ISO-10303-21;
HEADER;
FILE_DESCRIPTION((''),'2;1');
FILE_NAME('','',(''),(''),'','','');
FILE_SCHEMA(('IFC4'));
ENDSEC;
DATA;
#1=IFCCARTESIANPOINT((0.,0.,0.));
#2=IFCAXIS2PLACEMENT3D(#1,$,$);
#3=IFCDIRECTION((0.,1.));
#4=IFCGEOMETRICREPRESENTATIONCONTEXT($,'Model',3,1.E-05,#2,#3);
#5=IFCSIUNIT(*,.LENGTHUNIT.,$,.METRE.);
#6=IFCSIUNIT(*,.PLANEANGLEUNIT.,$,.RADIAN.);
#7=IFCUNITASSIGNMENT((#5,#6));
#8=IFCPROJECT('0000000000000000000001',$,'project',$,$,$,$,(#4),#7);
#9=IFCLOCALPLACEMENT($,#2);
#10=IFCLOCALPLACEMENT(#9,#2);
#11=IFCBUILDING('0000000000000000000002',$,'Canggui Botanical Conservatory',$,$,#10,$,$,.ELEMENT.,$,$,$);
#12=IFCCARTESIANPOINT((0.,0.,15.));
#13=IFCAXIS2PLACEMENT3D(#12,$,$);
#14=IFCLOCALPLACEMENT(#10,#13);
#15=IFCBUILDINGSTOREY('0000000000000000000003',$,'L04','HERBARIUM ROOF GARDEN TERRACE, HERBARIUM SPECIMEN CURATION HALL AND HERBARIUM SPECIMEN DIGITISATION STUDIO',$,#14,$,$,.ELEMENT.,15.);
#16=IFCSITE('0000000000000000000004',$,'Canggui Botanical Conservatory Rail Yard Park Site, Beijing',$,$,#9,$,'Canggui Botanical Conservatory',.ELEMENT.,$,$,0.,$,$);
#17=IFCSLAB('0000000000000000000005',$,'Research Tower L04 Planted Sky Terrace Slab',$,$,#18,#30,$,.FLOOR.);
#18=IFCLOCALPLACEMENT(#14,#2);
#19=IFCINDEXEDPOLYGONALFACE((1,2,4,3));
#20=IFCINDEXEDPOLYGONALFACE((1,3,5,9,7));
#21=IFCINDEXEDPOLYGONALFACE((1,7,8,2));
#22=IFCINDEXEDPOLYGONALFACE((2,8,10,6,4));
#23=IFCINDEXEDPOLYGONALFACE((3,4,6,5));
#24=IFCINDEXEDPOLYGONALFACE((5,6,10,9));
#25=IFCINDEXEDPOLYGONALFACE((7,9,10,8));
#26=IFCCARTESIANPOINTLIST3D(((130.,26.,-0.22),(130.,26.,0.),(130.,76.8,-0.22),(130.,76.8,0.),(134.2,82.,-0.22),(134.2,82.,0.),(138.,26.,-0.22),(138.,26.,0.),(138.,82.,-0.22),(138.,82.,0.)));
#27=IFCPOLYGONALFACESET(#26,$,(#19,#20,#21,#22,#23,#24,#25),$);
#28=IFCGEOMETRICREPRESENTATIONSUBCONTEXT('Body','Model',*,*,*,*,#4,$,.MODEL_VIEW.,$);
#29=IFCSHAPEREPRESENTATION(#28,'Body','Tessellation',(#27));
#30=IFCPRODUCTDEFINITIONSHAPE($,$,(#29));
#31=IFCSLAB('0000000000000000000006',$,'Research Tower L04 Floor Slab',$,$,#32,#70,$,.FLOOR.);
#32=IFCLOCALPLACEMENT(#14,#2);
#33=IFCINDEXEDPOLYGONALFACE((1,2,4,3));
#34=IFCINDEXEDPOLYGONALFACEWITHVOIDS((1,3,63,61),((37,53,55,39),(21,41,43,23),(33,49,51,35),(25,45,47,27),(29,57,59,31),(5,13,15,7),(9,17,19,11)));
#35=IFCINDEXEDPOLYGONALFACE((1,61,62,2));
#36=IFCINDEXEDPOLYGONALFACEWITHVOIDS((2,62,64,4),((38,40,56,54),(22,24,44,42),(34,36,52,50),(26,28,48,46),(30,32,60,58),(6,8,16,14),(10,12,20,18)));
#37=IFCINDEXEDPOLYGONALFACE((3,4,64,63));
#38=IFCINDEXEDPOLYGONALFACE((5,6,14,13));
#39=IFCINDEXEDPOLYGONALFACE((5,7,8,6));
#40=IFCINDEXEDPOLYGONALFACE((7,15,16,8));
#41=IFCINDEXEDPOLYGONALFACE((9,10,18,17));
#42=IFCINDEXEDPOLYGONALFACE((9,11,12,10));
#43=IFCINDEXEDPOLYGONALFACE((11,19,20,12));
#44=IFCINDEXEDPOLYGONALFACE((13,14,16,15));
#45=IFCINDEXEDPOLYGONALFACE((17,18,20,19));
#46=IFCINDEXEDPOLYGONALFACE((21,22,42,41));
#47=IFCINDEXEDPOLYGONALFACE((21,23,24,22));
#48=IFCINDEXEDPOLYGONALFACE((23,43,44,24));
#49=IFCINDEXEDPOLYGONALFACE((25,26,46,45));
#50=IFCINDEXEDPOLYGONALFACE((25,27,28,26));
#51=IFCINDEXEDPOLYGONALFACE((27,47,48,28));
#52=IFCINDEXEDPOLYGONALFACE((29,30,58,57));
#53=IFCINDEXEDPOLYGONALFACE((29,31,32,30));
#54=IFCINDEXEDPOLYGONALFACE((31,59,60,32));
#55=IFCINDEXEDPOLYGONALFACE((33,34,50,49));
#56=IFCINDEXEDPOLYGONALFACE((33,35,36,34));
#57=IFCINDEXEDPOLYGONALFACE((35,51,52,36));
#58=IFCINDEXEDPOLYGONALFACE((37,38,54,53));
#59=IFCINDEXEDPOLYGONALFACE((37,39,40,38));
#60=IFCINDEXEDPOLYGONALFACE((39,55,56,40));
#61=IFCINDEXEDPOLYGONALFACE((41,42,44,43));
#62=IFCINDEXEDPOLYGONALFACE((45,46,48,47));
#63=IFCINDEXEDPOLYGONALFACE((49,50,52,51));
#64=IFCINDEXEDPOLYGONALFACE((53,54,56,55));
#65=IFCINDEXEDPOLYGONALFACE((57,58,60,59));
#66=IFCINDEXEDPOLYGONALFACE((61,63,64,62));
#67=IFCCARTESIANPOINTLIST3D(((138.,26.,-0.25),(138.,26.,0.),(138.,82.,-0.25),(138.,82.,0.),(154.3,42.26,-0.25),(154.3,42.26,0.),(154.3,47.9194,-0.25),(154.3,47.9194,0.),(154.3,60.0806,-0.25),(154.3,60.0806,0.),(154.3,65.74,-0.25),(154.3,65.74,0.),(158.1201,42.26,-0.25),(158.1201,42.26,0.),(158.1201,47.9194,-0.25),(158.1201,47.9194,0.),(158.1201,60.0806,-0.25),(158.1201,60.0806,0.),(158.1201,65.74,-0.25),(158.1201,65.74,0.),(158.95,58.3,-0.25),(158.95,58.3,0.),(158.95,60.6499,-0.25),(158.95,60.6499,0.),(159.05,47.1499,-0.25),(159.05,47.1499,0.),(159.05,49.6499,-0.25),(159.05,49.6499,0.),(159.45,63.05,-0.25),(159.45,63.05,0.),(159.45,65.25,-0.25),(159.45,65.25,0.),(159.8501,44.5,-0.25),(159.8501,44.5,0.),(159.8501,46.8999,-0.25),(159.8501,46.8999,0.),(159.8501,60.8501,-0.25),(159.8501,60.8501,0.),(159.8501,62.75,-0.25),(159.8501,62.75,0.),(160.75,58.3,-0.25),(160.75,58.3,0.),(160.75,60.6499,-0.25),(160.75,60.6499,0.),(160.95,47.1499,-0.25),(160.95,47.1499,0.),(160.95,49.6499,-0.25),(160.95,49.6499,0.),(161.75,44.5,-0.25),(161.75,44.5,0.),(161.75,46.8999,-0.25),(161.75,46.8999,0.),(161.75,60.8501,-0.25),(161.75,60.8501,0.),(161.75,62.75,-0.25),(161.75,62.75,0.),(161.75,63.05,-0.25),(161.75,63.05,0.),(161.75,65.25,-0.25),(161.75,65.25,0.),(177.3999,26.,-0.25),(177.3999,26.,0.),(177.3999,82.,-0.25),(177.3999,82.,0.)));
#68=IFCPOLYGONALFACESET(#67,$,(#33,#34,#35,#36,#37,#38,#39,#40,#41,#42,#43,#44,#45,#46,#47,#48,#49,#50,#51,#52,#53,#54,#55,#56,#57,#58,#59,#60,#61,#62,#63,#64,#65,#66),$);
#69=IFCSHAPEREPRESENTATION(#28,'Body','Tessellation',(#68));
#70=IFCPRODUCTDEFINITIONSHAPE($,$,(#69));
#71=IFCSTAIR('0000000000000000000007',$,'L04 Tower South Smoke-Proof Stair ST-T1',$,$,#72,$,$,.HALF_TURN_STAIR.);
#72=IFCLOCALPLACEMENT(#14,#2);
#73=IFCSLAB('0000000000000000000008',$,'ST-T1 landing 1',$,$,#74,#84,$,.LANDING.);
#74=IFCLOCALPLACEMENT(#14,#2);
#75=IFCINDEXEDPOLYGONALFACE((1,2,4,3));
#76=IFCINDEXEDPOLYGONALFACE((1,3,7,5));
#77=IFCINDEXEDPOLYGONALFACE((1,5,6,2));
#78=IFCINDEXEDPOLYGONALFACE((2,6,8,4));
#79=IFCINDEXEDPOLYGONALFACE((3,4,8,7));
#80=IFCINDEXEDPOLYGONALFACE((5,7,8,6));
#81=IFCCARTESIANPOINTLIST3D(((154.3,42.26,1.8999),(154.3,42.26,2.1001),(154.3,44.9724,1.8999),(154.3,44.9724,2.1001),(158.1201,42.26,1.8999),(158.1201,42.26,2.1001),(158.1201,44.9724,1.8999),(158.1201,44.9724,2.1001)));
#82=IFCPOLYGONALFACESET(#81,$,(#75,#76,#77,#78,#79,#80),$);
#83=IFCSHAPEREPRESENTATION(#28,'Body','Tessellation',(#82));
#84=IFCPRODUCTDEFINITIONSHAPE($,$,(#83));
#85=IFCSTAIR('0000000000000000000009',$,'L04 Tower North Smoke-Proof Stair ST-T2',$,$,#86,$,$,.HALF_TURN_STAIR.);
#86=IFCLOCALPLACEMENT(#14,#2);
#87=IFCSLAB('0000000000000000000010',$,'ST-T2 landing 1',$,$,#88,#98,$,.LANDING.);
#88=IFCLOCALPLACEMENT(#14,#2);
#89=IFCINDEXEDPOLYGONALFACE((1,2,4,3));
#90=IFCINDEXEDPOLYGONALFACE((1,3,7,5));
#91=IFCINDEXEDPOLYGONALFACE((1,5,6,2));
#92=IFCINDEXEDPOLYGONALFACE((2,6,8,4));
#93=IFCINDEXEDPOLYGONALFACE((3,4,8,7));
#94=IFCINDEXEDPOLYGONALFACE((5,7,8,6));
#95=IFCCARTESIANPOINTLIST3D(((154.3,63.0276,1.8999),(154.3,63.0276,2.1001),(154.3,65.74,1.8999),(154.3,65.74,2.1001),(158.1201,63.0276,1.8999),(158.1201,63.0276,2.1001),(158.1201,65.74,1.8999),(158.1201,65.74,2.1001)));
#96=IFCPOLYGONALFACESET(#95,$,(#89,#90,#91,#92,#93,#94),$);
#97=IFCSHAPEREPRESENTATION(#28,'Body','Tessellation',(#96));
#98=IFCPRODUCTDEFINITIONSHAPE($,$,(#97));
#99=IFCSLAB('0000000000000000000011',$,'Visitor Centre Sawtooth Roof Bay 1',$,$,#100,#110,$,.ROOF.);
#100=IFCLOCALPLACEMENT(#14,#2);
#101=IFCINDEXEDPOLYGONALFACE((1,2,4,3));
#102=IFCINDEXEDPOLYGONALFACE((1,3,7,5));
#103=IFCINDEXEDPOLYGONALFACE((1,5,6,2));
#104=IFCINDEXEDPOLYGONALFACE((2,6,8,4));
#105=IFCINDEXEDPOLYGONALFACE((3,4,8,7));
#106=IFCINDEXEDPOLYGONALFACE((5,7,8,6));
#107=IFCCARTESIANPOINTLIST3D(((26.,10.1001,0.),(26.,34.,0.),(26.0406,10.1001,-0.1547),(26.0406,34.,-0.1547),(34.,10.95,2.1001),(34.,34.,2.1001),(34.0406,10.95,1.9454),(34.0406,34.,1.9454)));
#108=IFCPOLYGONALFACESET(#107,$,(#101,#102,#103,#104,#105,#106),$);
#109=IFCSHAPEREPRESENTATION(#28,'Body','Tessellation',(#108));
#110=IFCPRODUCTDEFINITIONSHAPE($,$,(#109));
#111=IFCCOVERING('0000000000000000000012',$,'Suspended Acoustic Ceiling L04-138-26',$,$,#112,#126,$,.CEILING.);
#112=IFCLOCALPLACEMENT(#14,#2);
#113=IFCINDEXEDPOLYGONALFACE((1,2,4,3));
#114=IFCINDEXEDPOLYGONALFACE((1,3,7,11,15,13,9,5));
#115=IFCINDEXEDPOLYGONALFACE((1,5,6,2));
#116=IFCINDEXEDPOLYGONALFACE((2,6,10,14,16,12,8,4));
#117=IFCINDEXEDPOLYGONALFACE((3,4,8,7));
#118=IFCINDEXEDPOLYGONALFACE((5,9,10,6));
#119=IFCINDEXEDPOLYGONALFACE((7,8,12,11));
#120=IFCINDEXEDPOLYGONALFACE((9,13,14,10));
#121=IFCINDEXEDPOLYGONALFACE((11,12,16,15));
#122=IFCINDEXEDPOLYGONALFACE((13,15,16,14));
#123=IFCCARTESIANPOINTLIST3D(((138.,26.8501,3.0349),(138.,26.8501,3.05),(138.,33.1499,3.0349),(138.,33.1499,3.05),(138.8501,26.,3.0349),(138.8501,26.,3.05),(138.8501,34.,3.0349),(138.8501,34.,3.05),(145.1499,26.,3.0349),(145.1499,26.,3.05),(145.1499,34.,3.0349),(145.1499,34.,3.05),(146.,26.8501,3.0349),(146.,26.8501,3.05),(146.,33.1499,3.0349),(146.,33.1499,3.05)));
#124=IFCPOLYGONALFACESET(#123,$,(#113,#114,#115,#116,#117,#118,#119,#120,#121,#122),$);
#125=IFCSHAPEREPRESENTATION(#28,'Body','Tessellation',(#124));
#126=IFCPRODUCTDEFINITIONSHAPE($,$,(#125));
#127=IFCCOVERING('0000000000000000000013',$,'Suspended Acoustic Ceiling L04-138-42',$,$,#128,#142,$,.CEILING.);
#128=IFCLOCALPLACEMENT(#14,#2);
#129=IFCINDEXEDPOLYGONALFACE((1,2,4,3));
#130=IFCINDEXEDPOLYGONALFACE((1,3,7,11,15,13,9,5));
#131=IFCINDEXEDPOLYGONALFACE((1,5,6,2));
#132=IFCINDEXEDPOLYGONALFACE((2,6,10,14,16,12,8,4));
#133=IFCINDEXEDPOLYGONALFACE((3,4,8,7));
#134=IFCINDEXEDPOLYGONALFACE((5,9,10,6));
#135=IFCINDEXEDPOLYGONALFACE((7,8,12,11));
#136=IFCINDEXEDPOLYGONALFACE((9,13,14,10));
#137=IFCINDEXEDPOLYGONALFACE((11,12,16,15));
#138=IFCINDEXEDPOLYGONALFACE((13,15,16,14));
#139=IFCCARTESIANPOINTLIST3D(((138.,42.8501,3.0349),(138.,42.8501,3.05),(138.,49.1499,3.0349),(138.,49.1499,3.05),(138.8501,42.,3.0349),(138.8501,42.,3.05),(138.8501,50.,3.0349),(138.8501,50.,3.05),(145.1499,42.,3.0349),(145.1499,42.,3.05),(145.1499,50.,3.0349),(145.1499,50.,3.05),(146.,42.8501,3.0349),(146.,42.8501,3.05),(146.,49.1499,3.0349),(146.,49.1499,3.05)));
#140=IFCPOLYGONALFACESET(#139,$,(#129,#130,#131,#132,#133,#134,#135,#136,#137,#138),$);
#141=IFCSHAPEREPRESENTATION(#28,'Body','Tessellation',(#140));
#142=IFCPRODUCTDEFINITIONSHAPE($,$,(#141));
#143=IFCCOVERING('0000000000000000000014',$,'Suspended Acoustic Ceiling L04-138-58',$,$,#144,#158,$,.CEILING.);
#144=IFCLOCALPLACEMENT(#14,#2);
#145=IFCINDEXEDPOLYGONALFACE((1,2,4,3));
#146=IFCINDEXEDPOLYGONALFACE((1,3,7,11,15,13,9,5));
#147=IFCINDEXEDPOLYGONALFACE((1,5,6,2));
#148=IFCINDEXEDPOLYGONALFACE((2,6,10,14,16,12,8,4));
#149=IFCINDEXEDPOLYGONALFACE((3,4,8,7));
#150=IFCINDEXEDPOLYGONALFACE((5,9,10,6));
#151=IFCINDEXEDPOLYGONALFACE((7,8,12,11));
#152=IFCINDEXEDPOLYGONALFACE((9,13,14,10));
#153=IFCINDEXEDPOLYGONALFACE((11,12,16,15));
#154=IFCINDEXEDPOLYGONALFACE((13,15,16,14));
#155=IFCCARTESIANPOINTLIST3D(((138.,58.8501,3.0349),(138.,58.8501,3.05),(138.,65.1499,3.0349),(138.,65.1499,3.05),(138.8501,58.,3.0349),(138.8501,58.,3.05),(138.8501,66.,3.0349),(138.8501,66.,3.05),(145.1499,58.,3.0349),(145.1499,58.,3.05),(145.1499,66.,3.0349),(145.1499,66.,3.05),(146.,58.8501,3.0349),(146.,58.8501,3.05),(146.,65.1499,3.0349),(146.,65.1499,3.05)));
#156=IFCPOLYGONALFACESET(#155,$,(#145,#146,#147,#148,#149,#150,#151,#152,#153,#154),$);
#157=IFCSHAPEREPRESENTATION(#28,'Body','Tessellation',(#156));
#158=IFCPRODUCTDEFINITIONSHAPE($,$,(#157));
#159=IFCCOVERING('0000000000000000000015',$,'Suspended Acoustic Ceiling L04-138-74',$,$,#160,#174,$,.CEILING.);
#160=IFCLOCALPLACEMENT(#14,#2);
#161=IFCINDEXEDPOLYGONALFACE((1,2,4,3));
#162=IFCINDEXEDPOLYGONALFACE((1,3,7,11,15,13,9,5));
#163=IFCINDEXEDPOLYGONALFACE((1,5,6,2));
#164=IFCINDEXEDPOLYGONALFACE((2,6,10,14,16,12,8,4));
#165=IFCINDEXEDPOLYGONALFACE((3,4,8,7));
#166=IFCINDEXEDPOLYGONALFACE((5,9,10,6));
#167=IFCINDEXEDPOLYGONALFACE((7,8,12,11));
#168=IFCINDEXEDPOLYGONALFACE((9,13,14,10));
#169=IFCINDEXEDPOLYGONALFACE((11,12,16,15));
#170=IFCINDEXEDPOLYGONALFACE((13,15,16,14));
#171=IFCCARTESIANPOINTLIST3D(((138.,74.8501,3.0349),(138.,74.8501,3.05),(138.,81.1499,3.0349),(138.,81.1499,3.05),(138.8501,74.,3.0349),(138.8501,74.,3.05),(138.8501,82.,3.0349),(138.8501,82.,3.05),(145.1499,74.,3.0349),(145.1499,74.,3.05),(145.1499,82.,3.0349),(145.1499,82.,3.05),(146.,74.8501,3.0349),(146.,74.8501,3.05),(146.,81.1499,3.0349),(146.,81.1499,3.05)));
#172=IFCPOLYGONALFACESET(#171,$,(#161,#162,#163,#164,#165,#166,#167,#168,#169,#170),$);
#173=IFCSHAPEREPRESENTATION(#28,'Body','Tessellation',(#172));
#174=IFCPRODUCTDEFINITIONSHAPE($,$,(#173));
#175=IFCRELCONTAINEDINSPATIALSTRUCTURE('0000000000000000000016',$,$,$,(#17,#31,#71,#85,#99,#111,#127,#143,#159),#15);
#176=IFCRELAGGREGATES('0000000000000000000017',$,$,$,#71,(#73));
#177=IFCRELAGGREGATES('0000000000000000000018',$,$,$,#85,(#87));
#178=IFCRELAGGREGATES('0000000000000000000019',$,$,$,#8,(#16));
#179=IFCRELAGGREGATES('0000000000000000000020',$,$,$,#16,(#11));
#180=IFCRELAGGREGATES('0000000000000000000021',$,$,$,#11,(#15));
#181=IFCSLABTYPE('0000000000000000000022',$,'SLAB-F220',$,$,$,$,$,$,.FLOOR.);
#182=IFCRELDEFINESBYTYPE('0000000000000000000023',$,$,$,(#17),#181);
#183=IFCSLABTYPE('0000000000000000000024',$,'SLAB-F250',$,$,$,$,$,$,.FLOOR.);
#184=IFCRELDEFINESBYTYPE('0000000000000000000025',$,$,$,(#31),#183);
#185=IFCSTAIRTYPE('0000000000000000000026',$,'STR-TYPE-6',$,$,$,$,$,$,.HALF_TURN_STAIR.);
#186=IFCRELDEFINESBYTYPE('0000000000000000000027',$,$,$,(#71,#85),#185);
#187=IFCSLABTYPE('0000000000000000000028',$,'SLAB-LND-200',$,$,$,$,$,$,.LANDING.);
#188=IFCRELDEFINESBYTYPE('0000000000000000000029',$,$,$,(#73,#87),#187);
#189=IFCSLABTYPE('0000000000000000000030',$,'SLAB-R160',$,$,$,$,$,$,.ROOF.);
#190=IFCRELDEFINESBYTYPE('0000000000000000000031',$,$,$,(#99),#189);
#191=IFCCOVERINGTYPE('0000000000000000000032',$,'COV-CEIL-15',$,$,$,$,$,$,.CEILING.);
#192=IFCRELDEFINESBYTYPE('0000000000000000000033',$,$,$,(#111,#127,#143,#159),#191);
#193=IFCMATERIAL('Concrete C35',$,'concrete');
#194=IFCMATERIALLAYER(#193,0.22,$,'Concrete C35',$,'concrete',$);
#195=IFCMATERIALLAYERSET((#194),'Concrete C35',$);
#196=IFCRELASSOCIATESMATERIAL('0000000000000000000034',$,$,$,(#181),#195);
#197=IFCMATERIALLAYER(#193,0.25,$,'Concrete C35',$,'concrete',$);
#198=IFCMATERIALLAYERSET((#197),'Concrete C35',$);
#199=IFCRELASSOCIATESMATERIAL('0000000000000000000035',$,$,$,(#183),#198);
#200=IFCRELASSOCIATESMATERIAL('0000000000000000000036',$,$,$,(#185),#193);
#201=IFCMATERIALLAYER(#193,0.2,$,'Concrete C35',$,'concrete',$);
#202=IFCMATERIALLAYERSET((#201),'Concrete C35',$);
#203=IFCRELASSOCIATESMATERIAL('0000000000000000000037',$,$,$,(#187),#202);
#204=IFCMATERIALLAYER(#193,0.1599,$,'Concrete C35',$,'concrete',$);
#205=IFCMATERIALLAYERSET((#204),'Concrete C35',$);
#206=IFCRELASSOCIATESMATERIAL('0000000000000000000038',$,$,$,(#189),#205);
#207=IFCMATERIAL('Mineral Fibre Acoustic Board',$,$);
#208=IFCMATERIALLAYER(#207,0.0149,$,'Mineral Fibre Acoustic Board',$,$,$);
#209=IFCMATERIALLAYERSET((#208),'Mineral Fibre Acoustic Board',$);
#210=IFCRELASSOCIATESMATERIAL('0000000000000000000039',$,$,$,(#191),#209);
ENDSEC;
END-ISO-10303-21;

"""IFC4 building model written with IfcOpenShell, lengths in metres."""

from ifc_helpers import new_model, si_unit, direction, frame, origin, place, context, subcontext, project, spatial, polyline, outline, extrude, material, layer, layer_set, type_object, element, aggregate, save


model = new_model("IFC4")

# Units and contexts
model_context = context("Model", 3, precision=1e-05, world=origin(), true_north=direction((0.0, 1.0)))
body_context = subcontext(model_context, "Body", "Model", "MODEL_VIEW")
ifc_project = project(units=[si_unit("LENGTHUNIT", "METRE"), si_unit("PLANEANGLEUNIT", "RADIAN")], contexts=[model_context])

# Site, building, storey
site_placement = place(None, origin())
site = spatial("IfcSite", under=ifc_project, at=site_placement, Name="Canggui Botanical Conservatory Rail Yard Park Site, Beijing", LongName="Canggui Botanical Conservatory", CompositionType="ELEMENT", RefElevation=0.0)
building_placement = place(site_placement, origin())
building = spatial("IfcBuilding", under=site, at=building_placement, Name="Canggui Botanical Conservatory", CompositionType="ELEMENT")
storey_placement = place(building_placement, frame((0.0, 0.0, 15.0)))
storey = spatial("IfcBuildingStorey", under=building, at=storey_placement, Name="L04", Description="HERBARIUM ROOF GARDEN TERRACE, HERBARIUM SPECIMEN CURATION HALL AND HERBARIUM SPECIMEN DIGITISATION STUDIO", CompositionType="ELEMENT", Elevation=15.0)

# Slabs
ifc_material_1 = material(Name="Concrete C35", Category="concrete")
ifc_layer_1 = layer(ifc_material_1, 0.22, Name="Concrete C35", Category="concrete")
ifc_layer_set_1 = layer_set([ifc_layer_1], Name="Concrete C35")
slab_type_1 = type_object("IfcSlabType", Name="SLAB-F220", PredefinedType="FLOOR", material=ifc_layer_set_1)
slab_1_placement = place(storey_placement, frame((0.0, 0.0, -0.22)))
element("IfcSlab", 1, at=slab_1_placement, inside=storey, type_object=slab_type_1, Name="Research Tower L04 Planted Sky Terrace Slab", PredefinedType="FLOOR", context=body_context, shape_type="SweptSolid", body=[
    extrude(outline(polyline([(130.0, 26.0), (138.0, 26.0), (138.0, 82.0), (134.2, 82.0), (130.0, 76.8), (130.0, 26.0)])), origin(), (0.0, 0.0, 1.0), 0.22),
])
ifc_layer_2 = layer(ifc_material_1, 0.25, Name="Concrete C35", Category="concrete")
ifc_layer_set_2 = layer_set([ifc_layer_2], Name="Concrete C35")
slab_type_2 = type_object("IfcSlabType", Name="SLAB-F250", PredefinedType="FLOOR", material=ifc_layer_set_2)
slab_2_placement = place(storey_placement, frame((0.0, 0.0, -0.25)))
element("IfcSlab", 2, at=slab_2_placement, inside=storey, type_object=slab_type_2, Name="Research Tower L04 Floor Slab", PredefinedType="FLOOR", context=body_context, shape_type="SweptSolid", body=[
    extrude(outline(polyline([(138.0, 26.0), (177.3999, 26.0), (177.3999, 82.0), (138.0, 82.0), (138.0, 26.0)]), holes=[polyline([(154.3, 47.9194), (154.3, 42.26), (158.1201, 42.26), (158.1201, 47.9194), (154.3, 47.9194)]), polyline([(158.1201, 60.0806), (158.1201, 65.74), (154.3, 65.74), (154.3, 60.0806), (158.1201, 60.0806)]), polyline([(159.05, 47.1499), (160.95, 47.1499), (160.95, 49.6499), (159.05, 49.6499), (159.05, 47.1499)]), polyline([(159.8501, 44.5), (161.75, 44.5), (161.75, 46.8999), (159.8501, 46.8999), (159.8501, 44.5)]), polyline([(158.95, 58.3), (160.75, 58.3), (160.75, 60.6499), (158.95, 60.6499), (158.95, 58.3)]), polyline([(159.8501, 60.8501), (161.75, 60.8501), (161.75, 62.75), (159.8501, 62.75), (159.8501, 60.8501)]), polyline([(159.45, 63.05), (161.75, 63.05), (161.75, 65.25), (159.45, 65.25), (159.45, 63.05)])]), origin(), (0.0, 0.0, 1.0), 0.25),
])

# Stairs, slabs
stair_type = type_object("IfcStairType", Name="STR-TYPE-6", PredefinedType="HALF_TURN_STAIR", material=ifc_material_1)
stair_1_placement = place(storey_placement, origin())
stair_1 = element("IfcStair", 3, at=stair_1_placement, inside=storey, type_object=stair_type, Name="L04 Tower South Smoke-Proof Stair ST-T1", PredefinedType="HALF_TURN_STAIR")
ifc_layer_3 = layer(ifc_material_1, 0.2, Name="Concrete C35", Category="concrete")
ifc_layer_set_3 = layer_set([ifc_layer_3], Name="Concrete C35")
slab_type_3 = type_object("IfcSlabType", Name="SLAB-LND-200", PredefinedType="LANDING", material=ifc_layer_set_3)
slab_3_placement = place(storey_placement, frame((0.0, 0.0, 1.8999)))
slab_3 = element("IfcSlab", 4, at=slab_3_placement, type_object=slab_type_3, Name="ST-T1 landing 1", PredefinedType="LANDING", context=body_context, shape_type="SweptSolid", body=[
    extrude(outline(polyline([(154.3, 44.9724), (154.3, 42.26), (158.1201, 42.26), (158.1201, 44.9724), (154.3, 44.9724)])), origin(), (0.0, 0.0, 1.0), 0.2002),
])
aggregate(stair_1, [slab_3])
stair_2_placement = place(storey_placement, origin())
stair_2 = element("IfcStair", 5, at=stair_2_placement, inside=storey, type_object=stair_type, Name="L04 Tower North Smoke-Proof Stair ST-T2", PredefinedType="HALF_TURN_STAIR")
slab_4_placement = place(storey_placement, frame((0.0, 0.0, 1.8999)))
slab_4 = element("IfcSlab", 6, at=slab_4_placement, type_object=slab_type_3, Name="ST-T2 landing 1", PredefinedType="LANDING", context=body_context, shape_type="SweptSolid", body=[
    extrude(outline(polyline([(158.1201, 63.0276), (158.1201, 65.74), (154.3, 65.74), (154.3, 63.0276), (158.1201, 63.0276)])), origin(), (0.0, 0.0, 1.0), 0.2002),
])
aggregate(stair_2, [slab_4])

# Slab
ifc_layer_4 = layer(ifc_material_1, 0.1599, Name="Concrete C35", Category="concrete")
ifc_layer_set_4 = layer_set([ifc_layer_4], Name="Concrete C35")
slab_type_4 = type_object("IfcSlabType", Name="SLAB-R160", PredefinedType="ROOF", material=ifc_layer_set_4)
slab_5_placement = place(storey_placement, frame((26.0, 10.1001, 0.0), z_axis=(-0.253909, 0.0, 0.967228), x_axis=(0.962162, 0.102212, 0.252579)))
element("IfcSlab", 7, at=slab_5_placement, inside=storey, type_object=slab_type_4, Name="Visitor Centre Sawtooth Roof Bay 1", PredefinedType="ROOF", context=body_context, shape_type="SweptSolid", body=[
    extrude(outline(polyline([(0.0, 0.0), (8.3146, 0.0), (10.6706, 22.9293), (2.4429, 23.7747), (0.0, 0.0)])), origin(), (0.0, 0.0, -1.0), 0.1599),
])

# Coverings
ifc_material_2 = material(Name="Mineral Fibre Acoustic Board")
ifc_layer_5 = layer(ifc_material_2, 0.0149, Name="Mineral Fibre Acoustic Board")
ifc_layer_set_5 = layer_set([ifc_layer_5], Name="Mineral Fibre Acoustic Board")
covering_type_1 = type_object("IfcCoveringType", Name="COV-CEIL-15", PredefinedType="CEILING", material=ifc_layer_set_5)
covering_1_placement = place(storey_placement, frame((0.0, 0.0, 3.0349)))
element("IfcCovering", 8, at=covering_1_placement, inside=storey, type_object=covering_type_1, Name="Suspended Acoustic Ceiling L04-138-26", PredefinedType="CEILING", context=body_context, shape_type="SweptSolid", body=[
    extrude(outline(polyline([(138.8501, 26.0), (145.1499, 26.0), (146.0, 26.8501), (146.0, 33.1499), (145.1499, 34.0), (138.8501, 34.0), (138.0, 33.1499), (138.0, 26.8501), (138.8501, 26.0)])), origin(), (0.0, 0.0, 1.0), 0.0151),
])
covering_2_placement = place(storey_placement, frame((0.0, 0.0, 3.0349)))
element("IfcCovering", 9, at=covering_2_placement, inside=storey, type_object=covering_type_1, Name="Suspended Acoustic Ceiling L04-138-42", PredefinedType="CEILING", context=body_context, shape_type="SweptSolid", body=[
    extrude(outline(polyline([(138.8501, 42.0), (145.1499, 42.0), (146.0, 42.8501), (146.0, 49.1499), (145.1499, 50.0), (138.8501, 50.0), (138.0, 49.1499), (138.0, 42.8501), (138.8501, 42.0)])), origin(), (0.0, 0.0, 1.0), 0.0151),
])
covering_3_placement = place(storey_placement, frame((0.0, 0.0, 3.0349)))
element("IfcCovering", 10, at=covering_3_placement, inside=storey, type_object=covering_type_1, Name="Suspended Acoustic Ceiling L04-138-58", PredefinedType="CEILING", context=body_context, shape_type="SweptSolid", body=[
    extrude(outline(polyline([(138.8501, 58.0), (145.1499, 58.0), (146.0, 58.8501), (146.0, 65.1499), (145.1499, 66.0), (138.8501, 66.0), (138.0, 65.1499), (138.0, 58.8501), (138.8501, 58.0)])), origin(), (0.0, 0.0, 1.0), 0.0151),
])
covering_4_placement = place(storey_placement, frame((0.0, 0.0, 3.0349)))
element("IfcCovering", 11, at=covering_4_placement, inside=storey, type_object=covering_type_1, Name="Suspended Acoustic Ceiling L04-138-74", PredefinedType="CEILING", context=body_context, shape_type="SweptSolid", body=[
    extrude(outline(polyline([(138.8501, 74.0), (145.1499, 74.0), (146.0, 74.8501), (146.0, 81.1499), (145.1499, 82.0), (138.8501, 82.0), (138.0, 81.1499), (138.0, 74.8501), (138.8501, 74.0)])), origin(), (0.0, 0.0, 1.0), 0.0151),
])

save(model, "model.ifc")
